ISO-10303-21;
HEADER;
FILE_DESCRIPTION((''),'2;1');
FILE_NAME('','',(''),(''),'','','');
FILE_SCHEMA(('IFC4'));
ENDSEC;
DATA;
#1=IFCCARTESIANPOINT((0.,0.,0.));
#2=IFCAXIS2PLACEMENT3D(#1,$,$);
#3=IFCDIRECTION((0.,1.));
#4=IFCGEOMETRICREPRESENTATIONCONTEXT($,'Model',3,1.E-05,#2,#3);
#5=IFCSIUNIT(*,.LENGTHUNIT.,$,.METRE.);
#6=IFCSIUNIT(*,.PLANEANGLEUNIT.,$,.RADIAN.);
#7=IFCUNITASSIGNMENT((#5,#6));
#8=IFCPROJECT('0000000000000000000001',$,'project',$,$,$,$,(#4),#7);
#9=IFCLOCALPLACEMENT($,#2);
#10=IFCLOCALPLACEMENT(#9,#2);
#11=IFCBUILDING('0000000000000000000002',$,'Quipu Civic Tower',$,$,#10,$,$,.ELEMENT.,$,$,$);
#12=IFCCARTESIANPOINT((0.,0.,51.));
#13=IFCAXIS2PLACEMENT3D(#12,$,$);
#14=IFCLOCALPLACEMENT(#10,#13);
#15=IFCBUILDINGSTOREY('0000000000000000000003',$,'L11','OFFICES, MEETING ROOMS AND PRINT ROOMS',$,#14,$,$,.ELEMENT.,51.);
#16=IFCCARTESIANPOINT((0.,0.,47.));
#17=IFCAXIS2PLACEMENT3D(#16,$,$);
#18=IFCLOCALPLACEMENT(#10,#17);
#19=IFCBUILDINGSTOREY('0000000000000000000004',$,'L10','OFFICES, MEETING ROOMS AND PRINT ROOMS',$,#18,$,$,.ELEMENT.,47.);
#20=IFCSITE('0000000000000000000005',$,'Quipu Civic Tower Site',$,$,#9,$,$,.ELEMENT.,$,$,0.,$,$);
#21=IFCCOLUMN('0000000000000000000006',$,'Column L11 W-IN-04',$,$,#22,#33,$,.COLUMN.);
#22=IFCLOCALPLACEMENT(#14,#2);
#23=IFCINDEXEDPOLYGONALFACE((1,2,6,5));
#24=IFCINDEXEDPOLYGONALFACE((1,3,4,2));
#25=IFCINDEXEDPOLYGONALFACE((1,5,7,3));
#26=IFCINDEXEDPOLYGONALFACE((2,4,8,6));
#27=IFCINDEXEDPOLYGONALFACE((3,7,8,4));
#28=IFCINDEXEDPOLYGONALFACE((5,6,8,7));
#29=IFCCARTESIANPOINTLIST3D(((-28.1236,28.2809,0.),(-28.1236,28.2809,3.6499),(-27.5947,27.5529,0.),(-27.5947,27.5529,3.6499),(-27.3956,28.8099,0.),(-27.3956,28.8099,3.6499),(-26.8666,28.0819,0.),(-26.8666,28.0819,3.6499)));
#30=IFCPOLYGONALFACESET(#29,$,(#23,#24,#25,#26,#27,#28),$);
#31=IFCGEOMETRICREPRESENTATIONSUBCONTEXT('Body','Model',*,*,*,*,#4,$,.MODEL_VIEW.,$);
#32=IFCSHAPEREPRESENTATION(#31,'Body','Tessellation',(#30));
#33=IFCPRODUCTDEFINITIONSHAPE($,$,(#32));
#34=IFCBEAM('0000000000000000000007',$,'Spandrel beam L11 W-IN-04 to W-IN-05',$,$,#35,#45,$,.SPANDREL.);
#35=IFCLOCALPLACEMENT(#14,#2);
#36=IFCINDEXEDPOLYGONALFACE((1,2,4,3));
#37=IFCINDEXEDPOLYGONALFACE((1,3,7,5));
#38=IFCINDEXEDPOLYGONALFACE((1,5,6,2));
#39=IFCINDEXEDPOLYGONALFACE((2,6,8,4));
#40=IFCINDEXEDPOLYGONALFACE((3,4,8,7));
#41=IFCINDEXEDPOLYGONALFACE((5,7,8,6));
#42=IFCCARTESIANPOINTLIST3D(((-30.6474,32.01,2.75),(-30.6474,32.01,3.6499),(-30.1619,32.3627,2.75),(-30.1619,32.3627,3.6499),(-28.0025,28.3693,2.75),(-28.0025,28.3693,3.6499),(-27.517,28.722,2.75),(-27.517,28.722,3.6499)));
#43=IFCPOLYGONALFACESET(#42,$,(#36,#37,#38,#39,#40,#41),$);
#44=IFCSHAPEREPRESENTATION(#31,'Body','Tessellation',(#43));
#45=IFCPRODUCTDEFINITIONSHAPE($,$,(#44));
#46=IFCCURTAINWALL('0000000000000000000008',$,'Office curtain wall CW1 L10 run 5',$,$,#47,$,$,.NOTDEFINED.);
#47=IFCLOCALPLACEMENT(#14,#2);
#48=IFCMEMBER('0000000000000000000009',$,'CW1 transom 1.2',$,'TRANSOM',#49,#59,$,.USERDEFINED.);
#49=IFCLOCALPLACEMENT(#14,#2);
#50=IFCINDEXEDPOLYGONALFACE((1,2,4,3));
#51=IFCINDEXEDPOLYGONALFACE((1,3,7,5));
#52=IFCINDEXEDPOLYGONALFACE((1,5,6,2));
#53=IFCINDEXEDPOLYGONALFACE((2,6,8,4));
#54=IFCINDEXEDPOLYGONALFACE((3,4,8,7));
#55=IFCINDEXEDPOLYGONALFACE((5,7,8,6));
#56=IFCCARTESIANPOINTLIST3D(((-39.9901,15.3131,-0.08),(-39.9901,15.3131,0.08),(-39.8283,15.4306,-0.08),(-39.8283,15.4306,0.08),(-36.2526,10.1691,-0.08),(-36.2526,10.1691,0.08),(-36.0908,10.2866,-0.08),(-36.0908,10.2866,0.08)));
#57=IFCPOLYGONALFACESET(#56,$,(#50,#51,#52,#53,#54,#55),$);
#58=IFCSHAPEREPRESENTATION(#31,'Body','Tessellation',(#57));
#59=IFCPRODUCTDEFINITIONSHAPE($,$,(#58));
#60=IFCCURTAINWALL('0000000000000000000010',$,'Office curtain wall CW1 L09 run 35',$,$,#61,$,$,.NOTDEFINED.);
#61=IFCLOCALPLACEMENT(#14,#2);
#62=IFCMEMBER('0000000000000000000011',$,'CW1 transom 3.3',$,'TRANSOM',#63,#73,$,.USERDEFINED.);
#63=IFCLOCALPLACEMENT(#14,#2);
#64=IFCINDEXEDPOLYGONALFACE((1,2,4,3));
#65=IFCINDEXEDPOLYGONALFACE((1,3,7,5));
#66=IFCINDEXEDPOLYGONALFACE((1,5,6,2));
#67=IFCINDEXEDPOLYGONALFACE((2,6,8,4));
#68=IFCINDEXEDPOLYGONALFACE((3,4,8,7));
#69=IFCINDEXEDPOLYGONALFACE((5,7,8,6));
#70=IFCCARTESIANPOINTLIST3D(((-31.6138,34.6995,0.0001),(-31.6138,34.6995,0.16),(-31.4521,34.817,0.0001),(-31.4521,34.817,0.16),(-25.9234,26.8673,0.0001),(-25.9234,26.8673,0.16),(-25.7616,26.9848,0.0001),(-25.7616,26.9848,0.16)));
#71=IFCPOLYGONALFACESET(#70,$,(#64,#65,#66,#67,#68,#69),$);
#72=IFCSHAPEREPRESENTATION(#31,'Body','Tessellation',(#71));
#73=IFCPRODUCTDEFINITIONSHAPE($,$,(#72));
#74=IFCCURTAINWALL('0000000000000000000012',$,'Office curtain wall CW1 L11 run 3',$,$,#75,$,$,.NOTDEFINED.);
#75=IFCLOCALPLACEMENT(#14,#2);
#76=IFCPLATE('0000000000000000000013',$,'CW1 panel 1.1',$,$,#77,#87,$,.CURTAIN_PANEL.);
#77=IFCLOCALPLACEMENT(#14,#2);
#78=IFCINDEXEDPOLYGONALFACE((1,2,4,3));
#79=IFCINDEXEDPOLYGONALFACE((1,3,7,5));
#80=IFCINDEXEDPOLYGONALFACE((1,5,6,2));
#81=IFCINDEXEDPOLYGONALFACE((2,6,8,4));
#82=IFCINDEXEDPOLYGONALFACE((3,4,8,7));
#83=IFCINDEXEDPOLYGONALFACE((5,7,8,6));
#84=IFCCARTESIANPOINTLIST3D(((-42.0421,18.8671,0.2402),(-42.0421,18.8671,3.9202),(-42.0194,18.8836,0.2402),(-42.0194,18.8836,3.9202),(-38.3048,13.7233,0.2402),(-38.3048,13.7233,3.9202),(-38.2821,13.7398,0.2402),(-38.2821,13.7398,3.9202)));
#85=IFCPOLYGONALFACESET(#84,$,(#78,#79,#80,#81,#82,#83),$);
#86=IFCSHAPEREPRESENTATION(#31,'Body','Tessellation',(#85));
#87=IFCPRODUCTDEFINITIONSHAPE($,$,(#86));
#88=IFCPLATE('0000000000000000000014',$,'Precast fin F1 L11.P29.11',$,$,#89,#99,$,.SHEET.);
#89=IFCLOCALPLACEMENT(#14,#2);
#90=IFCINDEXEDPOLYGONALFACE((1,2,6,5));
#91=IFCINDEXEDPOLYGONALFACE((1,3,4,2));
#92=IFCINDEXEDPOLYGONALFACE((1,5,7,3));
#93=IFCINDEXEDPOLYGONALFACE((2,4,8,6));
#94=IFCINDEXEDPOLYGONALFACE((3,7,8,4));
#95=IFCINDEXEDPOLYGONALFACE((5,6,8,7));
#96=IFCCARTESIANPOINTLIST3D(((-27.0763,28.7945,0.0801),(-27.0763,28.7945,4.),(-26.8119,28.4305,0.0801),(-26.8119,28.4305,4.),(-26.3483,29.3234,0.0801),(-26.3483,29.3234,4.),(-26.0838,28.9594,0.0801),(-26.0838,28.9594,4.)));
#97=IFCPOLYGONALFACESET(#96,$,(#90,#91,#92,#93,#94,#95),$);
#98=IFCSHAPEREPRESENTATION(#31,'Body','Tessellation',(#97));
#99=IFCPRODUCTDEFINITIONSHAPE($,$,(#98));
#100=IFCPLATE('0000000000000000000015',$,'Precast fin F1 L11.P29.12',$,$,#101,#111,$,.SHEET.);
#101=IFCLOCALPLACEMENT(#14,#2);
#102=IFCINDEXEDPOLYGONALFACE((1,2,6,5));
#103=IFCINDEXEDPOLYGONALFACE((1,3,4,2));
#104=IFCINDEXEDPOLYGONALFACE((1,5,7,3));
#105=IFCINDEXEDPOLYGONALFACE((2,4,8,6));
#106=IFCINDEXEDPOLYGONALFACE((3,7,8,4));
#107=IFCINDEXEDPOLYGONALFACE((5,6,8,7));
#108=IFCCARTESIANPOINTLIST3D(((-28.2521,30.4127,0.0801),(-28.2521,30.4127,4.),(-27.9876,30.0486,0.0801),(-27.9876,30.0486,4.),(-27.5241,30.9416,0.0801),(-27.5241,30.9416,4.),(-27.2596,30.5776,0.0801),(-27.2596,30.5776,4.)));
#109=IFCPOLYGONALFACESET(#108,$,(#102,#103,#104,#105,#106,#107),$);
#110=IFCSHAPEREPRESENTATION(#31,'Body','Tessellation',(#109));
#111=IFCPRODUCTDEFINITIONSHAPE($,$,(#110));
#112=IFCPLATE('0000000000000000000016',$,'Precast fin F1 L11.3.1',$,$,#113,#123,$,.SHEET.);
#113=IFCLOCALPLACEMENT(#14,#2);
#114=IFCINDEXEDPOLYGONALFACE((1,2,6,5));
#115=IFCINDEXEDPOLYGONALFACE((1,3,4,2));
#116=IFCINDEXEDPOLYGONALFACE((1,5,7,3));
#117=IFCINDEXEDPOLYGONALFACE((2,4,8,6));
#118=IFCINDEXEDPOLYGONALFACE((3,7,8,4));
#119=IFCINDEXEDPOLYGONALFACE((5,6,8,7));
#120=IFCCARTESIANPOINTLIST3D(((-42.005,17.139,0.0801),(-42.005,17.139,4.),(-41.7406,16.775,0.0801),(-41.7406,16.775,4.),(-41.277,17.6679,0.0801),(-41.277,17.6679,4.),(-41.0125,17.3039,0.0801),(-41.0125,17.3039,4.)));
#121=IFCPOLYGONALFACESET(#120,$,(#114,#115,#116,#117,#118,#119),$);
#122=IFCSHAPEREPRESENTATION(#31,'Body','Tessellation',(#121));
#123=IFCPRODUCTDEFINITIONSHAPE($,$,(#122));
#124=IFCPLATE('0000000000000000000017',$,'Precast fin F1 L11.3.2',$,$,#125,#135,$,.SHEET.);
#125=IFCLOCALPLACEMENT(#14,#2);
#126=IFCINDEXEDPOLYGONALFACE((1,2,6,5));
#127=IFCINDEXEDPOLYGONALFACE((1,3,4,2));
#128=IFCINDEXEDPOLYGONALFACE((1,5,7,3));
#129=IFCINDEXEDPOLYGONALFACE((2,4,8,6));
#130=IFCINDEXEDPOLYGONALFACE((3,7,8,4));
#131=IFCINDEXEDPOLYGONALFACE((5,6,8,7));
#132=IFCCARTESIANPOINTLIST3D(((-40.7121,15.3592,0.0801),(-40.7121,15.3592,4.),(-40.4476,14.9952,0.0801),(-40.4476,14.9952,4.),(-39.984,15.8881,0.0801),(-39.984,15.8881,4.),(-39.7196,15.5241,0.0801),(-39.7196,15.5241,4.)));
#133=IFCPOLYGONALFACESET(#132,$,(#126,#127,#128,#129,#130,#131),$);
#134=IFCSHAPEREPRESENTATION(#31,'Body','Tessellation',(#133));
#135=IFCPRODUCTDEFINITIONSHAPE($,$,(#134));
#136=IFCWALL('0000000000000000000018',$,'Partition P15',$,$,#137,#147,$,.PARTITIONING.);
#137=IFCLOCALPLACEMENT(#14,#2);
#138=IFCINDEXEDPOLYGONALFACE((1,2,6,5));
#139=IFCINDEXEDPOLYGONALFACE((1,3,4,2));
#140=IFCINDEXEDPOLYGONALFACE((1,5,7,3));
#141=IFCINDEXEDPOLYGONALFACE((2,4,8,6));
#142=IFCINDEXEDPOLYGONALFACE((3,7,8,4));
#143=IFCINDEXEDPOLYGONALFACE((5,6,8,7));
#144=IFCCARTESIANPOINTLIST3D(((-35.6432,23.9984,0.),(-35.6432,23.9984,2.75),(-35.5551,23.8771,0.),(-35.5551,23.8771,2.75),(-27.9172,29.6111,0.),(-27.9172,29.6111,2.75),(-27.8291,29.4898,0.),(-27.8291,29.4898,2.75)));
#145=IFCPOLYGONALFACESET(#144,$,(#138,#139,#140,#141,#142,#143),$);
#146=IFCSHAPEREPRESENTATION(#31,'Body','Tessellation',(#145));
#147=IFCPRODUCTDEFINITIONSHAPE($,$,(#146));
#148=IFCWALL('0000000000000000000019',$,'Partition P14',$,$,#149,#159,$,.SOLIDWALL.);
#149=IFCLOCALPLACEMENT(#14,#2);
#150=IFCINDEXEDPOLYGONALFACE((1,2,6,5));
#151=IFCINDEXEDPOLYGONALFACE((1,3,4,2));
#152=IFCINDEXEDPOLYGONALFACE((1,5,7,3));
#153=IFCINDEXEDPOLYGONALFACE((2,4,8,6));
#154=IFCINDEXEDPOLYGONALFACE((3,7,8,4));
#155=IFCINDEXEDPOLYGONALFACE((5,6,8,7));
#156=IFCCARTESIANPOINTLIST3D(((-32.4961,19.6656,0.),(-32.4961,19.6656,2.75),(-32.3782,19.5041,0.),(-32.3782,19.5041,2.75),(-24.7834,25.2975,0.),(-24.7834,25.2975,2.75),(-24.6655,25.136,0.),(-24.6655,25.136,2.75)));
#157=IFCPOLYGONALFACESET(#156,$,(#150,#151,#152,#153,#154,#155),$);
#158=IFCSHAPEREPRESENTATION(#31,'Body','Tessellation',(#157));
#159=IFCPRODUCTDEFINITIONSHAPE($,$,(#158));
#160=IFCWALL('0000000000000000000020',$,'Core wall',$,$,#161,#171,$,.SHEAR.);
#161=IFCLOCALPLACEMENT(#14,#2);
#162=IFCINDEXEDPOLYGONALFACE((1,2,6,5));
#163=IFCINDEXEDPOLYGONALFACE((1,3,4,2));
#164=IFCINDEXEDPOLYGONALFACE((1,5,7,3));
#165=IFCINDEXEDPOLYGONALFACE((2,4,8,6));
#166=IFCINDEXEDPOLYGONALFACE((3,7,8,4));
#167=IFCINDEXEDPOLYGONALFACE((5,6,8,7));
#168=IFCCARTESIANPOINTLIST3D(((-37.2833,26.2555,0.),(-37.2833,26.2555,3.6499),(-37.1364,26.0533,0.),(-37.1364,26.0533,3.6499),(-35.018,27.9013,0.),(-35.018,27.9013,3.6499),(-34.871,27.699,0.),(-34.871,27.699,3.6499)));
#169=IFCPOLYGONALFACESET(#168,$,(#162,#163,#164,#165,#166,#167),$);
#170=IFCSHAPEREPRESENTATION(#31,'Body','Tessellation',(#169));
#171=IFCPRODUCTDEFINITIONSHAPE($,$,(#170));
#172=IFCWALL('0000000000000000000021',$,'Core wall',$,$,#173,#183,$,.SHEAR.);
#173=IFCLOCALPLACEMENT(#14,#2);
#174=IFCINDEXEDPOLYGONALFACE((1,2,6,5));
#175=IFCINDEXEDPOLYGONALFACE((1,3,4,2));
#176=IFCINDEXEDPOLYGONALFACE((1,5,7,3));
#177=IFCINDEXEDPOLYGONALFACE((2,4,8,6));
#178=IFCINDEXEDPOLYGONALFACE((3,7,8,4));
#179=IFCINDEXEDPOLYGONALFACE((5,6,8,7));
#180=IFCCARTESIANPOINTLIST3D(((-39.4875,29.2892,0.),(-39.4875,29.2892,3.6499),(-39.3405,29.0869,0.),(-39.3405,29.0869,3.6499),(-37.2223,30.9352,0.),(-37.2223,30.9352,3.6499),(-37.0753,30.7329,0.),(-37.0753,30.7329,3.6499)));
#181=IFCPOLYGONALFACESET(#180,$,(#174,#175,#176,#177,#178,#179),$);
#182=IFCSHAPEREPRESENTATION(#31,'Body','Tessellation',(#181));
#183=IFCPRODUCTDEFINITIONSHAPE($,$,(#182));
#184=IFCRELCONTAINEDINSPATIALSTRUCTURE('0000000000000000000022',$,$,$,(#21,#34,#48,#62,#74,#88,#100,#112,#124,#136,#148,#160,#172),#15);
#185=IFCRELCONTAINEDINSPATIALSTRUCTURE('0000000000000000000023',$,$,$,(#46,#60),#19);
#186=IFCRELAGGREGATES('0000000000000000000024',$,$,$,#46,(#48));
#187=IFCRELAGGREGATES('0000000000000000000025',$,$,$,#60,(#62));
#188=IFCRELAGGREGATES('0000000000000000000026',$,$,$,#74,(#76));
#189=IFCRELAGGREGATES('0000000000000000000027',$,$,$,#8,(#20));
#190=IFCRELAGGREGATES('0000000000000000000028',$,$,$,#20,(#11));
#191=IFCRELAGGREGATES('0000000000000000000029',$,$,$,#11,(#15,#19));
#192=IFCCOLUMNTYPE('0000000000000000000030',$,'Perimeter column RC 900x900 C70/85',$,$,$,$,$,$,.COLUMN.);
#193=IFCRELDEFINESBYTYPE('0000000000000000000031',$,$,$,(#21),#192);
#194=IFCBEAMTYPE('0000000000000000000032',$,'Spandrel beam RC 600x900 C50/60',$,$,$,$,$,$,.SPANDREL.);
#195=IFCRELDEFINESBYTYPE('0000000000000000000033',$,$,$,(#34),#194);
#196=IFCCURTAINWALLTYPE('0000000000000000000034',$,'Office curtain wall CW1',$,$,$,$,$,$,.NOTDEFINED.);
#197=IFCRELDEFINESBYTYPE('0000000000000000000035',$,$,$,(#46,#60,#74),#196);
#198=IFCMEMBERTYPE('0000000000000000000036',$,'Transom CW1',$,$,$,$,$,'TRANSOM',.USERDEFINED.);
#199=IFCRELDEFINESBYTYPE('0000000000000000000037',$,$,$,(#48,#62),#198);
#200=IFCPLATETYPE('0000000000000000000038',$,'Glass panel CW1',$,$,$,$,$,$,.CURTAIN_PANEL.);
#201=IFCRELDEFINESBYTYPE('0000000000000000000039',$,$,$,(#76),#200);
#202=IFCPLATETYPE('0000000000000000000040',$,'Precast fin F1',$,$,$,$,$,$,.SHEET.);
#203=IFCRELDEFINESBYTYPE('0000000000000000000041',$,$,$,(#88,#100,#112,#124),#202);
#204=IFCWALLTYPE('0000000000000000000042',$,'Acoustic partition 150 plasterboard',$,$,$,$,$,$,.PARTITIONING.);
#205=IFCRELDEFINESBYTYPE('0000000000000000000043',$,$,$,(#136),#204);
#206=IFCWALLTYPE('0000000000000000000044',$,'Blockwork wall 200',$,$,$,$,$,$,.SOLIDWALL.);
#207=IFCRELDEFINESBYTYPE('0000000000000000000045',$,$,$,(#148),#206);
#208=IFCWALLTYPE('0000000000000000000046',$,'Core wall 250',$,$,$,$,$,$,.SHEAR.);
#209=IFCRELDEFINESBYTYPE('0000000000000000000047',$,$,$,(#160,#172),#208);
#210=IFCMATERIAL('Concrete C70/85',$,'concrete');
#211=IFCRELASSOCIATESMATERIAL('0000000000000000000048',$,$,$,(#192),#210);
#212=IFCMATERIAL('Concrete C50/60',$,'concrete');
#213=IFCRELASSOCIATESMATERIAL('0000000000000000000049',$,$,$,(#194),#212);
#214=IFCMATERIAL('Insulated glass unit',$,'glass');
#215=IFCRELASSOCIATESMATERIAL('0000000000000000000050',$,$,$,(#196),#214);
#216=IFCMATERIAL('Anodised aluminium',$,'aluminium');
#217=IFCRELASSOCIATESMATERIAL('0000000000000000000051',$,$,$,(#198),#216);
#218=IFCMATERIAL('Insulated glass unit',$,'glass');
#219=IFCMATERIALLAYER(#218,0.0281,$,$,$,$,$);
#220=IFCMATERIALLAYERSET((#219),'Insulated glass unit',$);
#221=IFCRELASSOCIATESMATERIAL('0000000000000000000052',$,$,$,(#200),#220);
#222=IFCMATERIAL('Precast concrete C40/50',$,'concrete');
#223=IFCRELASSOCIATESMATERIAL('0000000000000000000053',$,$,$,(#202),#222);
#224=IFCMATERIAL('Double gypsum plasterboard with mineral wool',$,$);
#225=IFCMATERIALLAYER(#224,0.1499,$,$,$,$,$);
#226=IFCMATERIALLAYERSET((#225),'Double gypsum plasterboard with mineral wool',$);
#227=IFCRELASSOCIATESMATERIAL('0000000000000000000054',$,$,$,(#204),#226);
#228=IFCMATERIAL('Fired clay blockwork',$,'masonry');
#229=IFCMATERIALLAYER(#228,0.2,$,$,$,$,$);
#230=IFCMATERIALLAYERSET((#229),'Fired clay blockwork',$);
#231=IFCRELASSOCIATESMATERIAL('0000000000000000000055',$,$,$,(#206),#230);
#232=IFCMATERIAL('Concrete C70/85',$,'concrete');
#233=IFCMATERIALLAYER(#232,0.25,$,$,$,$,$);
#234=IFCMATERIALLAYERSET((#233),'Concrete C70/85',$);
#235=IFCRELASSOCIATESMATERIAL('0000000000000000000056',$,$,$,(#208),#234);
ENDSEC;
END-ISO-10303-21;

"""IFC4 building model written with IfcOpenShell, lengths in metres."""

from ifc_helpers import new_model, si_unit, direction, frame, frame_2d, origin, origin_2d, place, context, subcontext, project, spatial, rectangle, extrude, material, layer, layer_set, material_profile, profile_set, type_object, element, aggregate, save


model = new_model("IFC4")

# Units and contexts
model_context = context("Model", 3, precision=1e-05, world=origin(), true_north=direction((0.0, 1.0)))
body_context = subcontext(model_context, "Body", "Model", "MODEL_VIEW")
ifc_project = project(units=[si_unit("LENGTHUNIT", "METRE"), si_unit("PLANEANGLEUNIT", "RADIAN")], contexts=[model_context])

# Site, building, storey
site_placement = place(None, origin())
site = spatial("IfcSite", under=ifc_project, at=site_placement, Name="Quipu Civic Tower Site", CompositionType="ELEMENT", RefElevation=0.0)
building_placement = place(site_placement, origin())
building = spatial("IfcBuilding", under=site, at=building_placement, Name="Quipu Civic Tower", CompositionType="ELEMENT")
storey_1_placement = place(building_placement, frame((0.0, 0.0, 51.0)))
storey_1 = spatial("IfcBuildingStorey", under=building, at=storey_1_placement, Name="L11", Description="OFFICES, MEETING ROOMS AND PRINT ROOMS", CompositionType="ELEMENT", Elevation=51.0)

# Column
ifc_material_1 = material(Name="Concrete C70/85", Category="concrete")
ifc_material_profile_1 = material_profile(ifc_material_1, rectangle(XDim=0.8999, YDim=0.8999, at=origin_2d()), Name="RC900x900")
ifc_profile_set_1 = profile_set([ifc_material_profile_1], Name="Concrete C70/85")
column_type = type_object("IfcColumnType", Name="Perimeter column RC 900x900 C70/85", PredefinedType="COLUMN", material=ifc_profile_set_1)
column_placement = place(storey_1_placement, frame((-27.4951, 28.1814, 0.0), z_axis=(0.0, 0.0, 1.0), x_axis=(-0.587785, 0.809017, 0.0)))
element("IfcColumn", 1, at=column_placement, inside=storey_1, type_object=column_type, Name="Column L11 W-IN-04", PredefinedType="COLUMN", context=body_context, shape_type="SweptSolid", body=[
    extrude(rectangle(XDim=0.8999, YDim=0.8999, at=origin_2d()), origin(), (0.0, 0.0, 1.0), 3.6499),
])

# Beam
ifc_material_2 = material(Name="Concrete C50/60", Category="concrete")
ifc_material_profile_2 = material_profile(ifc_material_2, rectangle(XDim=0.6001, YDim=0.8999, at=origin_2d()), Name="RC600x900")
ifc_profile_set_2 = profile_set([ifc_material_profile_2], Name="Concrete C50/60")
beam_type = type_object("IfcBeamType", Name="Spandrel beam RC 600x900 C50/60", PredefinedType="SPANDREL", material=ifc_profile_set_2)
beam_placement = place(storey_1_placement, frame((-27.7598, 28.5457, 3.2), z_axis=(-0.587743, 0.809048, 0.0), x_axis=(-0.809048, -0.587743, 0.0)))
element("IfcBeam", 2, at=beam_placement, inside=storey_1, type_object=beam_type, Name="Spandrel beam L11 W-IN-04 to W-IN-05", PredefinedType="SPANDREL", context=body_context, shape_type="SweptSolid", body=[
    extrude(rectangle(XDim=0.6001, YDim=0.8999, at=origin_2d()), origin(), (0.0, 0.0, 1.0), 4.5),
])

# Shared definitions
storey_2_placement = place(building_placement, frame((0.0, 0.0, 47.0)))
storey_2 = spatial("IfcBuildingStorey", under=building, at=storey_2_placement, Name="L10", Description="OFFICES, MEETING ROOMS AND PRINT ROOMS", CompositionType="ELEMENT", Elevation=47.0)

# Curtain walls, members
ifc_material_3 = material(Name="Insulated glass unit", Category="glass")
curtain_wall_type = type_object("IfcCurtainWallType", Name="Office curtain wall CW1", PredefinedType="NOTDEFINED", material=ifc_material_3)
curtain_wall_1_placement = place(storey_2_placement, origin())
curtain_wall_1 = element("IfcCurtainWall", 3, at=curtain_wall_1_placement, inside=storey_2, type_object=curtain_wall_type, Name="Office curtain wall CW1 L10 run 5", PredefinedType="NOTDEFINED")
ifc_material_4 = material(Name="Anodised aluminium", Category="aluminium")
ifc_material_profile_3 = material_profile(ifc_material_4, rectangle(XDim=0.2, YDim=0.1599, at=origin_2d()), Name="RECT 200x160")
ifc_profile_set_3 = profile_set([ifc_material_profile_3], Name="Anodised aluminium")
member_type = type_object("IfcMemberType", Name="Transom CW1", ElementType="TRANSOM", PredefinedType="USERDEFINED", material=ifc_profile_set_3)
member_1_placement = place(storey_1_placement, frame((-39.9092, 15.3718, 0.0), z_axis=(0.587804, -0.809003, 0.0), x_axis=(0.809003, 0.587804, 0.0)))
member_1 = element("IfcMember", 4, at=member_1_placement, inside=storey_1, type_object=member_type, Name="CW1 transom 1.2", ObjectType="TRANSOM", PredefinedType="USERDEFINED", context=body_context, shape_type="SweptSolid", body=[
    extrude(rectangle(XDim=0.2, YDim=0.1599, at=origin_2d()), origin(), (0.0, 0.0, 1.0), 6.3584),
])
aggregate(curtain_wall_1, [member_1])
curtain_wall_2_placement = place(storey_2_placement, origin())
curtain_wall_2 = element("IfcCurtainWall", 5, at=curtain_wall_2_placement, inside=storey_2, type_object=curtain_wall_type, Name="Office curtain wall CW1 L09 run 35", PredefinedType="NOTDEFINED")
member_2_placement = place(storey_1_placement, frame((-25.8425, 26.926, 0.0801), z_axis=(-0.587782, 0.80902, 0.0), x_axis=(-0.80902, -0.587782, 0.0)))
member_2 = element("IfcMember", 6, at=member_2_placement, inside=storey_1, type_object=member_type, Name="CW1 transom 3.3", ObjectType="TRANSOM", PredefinedType="USERDEFINED", context=body_context, shape_type="SweptSolid", body=[
    extrude(rectangle(XDim=0.2, YDim=0.1599, at=origin_2d()), origin(), (0.0, 0.0, 1.0), 9.6812),
])
aggregate(curtain_wall_2, [member_2])

# Curtain wall, plate
curtain_wall_3_placement = place(storey_1_placement, origin())
curtain_wall_3 = element("IfcCurtainWall", 7, at=curtain_wall_3_placement, inside=storey_1, type_object=curtain_wall_type, Name="Office curtain wall CW1 L11 run 3", PredefinedType="NOTDEFINED")
ifc_material_5 = material(Name="Insulated glass unit", Category="glass")
ifc_layer_1 = layer(ifc_material_5, 0.0281)
ifc_layer_set_1 = layer_set([ifc_layer_1], Name="Insulated glass unit")
plate_type_1 = type_object("IfcPlateType", Name="Glass panel CW1", PredefinedType="CURTAIN_PANEL", material=ifc_layer_set_1)
plate_placement = place(storey_1_placement, frame((-40.1621, 16.3035, 0.2402), z_axis=(0.0, 0.0, 1.0), x_axis=(0.587788, -0.809015, 0.0)))
plate = element("IfcPlate", 8, at=plate_placement, type_object=plate_type_1, Name="CW1 panel 1.1", PredefinedType="CURTAIN_PANEL", context=body_context, shape_type="SweptSolid", body=[
    extrude(rectangle(XDim=6.3582, YDim=0.0281, at=origin_2d()), origin(), (0.0, 0.0, 1.0), 3.6799),
])
aggregate(curtain_wall_3, [plate])

# Plates
ifc_material_6 = material(Name="Precast concrete C40/50", Category="concrete")
plate_type_2 = type_object("IfcPlateType", Name="Precast fin F1", PredefinedType="SHEET", material=ifc_material_6)
for number, where, z_axis, x_axis, name in (
    (9, (-26.5801, 28.877, 0.0801), (0.0, 0.0, 1.0), (-0.587785, 0.809017, 0.0), "Precast fin F1 L11.P29.11"),
    (10, (-27.7559, 30.4951, 0.0801), (0.0, 0.0, 1.0), (-0.587785, 0.809017, 0.0), "Precast fin F1 L11.P29.12"),
    (11, (-41.5088, 17.2214, 0.0801), (0.0, 0.0, 1.0), (0.587784, -0.809018, 0.0), "Precast fin F1 L11.3.1"),
    (12, (-40.2158, 15.4417, 0.0801), (0.0, 0.0, 1.0), (0.587784, -0.809018, 0.0), "Precast fin F1 L11.3.2"),
):
    element("IfcPlate", number, at=place(storey_1_placement, frame(where, z_axis=z_axis, x_axis=x_axis)), inside=storey_1, type_object=plate_type_2, Name=name, PredefinedType="SHEET", context=body_context, shape_type="SweptSolid", body=[
        extrude(rectangle(XDim=0.45, YDim=0.8999, at=origin_2d()), origin(), (0.0, 0.0, 1.0), 3.9199),
    ])

# Walls
ifc_material_7 = material(Name="Double gypsum plasterboard with mineral wool")
ifc_layer_2 = layer(ifc_material_7, 0.1499)
ifc_layer_set_2 = layer_set([ifc_layer_2], Name="Double gypsum plasterboard with mineral wool")
wall_type_1 = type_object("IfcWallType", Name="Acoustic partition 150 plasterboard", PredefinedType="PARTITIONING", material=ifc_layer_set_2)
wall_1_placement = place(storey_1_placement, frame((-27.873, 29.5505, 0.0), z_axis=(0.0, 0.0, 1.0), x_axis=(-0.809043, -0.587749, 0.0)))
element("IfcWall", 13, at=wall_1_placement, inside=storey_1, type_object=wall_type_1, Name="Partition P15", PredefinedType="PARTITIONING", context=body_context, shape_type="SweptSolid", body=[
    extrude(rectangle(XDim=9.5496, YDim=0.1499, at=frame_2d((4.7749, 0.0))), origin(), (0.0, 0.0, 1.0), 2.75),
])
ifc_material_8 = material(Name="Fired clay blockwork", Category="masonry")
ifc_layer_3 = layer(ifc_material_8, 0.2)
ifc_layer_set_3 = layer_set([ifc_layer_3], Name="Fired clay blockwork")
wall_type_2 = type_object("IfcWallType", Name="Blockwork wall 200", PredefinedType="SOLIDWALL", material=ifc_layer_set_3)
wall_2_placement = place(storey_1_placement, frame((-32.437, 19.585, 0.0), z_axis=(0.0, 0.0, 1.0), x_axis=(0.807607, 0.589721, 0.0)))
element("IfcWall", 14, at=wall_2_placement, inside=storey_1, type_object=wall_type_2, Name="Partition P14", PredefinedType="SOLIDWALL", context=body_context, shape_type="SweptSolid", body=[
    extrude(rectangle(XDim=9.55, YDim=0.2, at=frame_2d((4.7749, 0.0))), origin(), (0.0, 0.0, 1.0), 2.75),
])
ifc_material_9 = material(Name="Concrete C70/85", Category="concrete")
ifc_layer_4 = layer(ifc_material_9, 0.25)
ifc_layer_set_4 = layer_set([ifc_layer_4], Name="Concrete C70/85")
wall_type_3 = type_object("IfcWallType", Name="Core wall 250", PredefinedType="SHEAR", material=ifc_layer_set_4)
for number, where, z_axis, x_axis, name in (
    (15, (-34.9446, 27.8, 0.0), (0.0, 0.0, 1.0), (-0.809041, -0.587752, 0.0), "Core wall"),
    (16, (-37.1489, 30.834, 0.0), (0.0, 0.0, 1.0), (-0.80897, -0.58785, 0.0), "Core wall"),
):
    element("IfcWall", number, at=place(storey_1_placement, frame(where, z_axis=z_axis, x_axis=x_axis)), inside=storey_1, type_object=wall_type_3, Name=name, PredefinedType="SHEAR", context=body_context, shape_type="SweptSolid", body=[
        extrude(rectangle(XDim=2.8, YDim=0.25, at=frame_2d((1.3999, 0.0))), origin(), (0.0, 0.0, 1.0), 3.6499),
    ])

save(model, "model.ifc")
